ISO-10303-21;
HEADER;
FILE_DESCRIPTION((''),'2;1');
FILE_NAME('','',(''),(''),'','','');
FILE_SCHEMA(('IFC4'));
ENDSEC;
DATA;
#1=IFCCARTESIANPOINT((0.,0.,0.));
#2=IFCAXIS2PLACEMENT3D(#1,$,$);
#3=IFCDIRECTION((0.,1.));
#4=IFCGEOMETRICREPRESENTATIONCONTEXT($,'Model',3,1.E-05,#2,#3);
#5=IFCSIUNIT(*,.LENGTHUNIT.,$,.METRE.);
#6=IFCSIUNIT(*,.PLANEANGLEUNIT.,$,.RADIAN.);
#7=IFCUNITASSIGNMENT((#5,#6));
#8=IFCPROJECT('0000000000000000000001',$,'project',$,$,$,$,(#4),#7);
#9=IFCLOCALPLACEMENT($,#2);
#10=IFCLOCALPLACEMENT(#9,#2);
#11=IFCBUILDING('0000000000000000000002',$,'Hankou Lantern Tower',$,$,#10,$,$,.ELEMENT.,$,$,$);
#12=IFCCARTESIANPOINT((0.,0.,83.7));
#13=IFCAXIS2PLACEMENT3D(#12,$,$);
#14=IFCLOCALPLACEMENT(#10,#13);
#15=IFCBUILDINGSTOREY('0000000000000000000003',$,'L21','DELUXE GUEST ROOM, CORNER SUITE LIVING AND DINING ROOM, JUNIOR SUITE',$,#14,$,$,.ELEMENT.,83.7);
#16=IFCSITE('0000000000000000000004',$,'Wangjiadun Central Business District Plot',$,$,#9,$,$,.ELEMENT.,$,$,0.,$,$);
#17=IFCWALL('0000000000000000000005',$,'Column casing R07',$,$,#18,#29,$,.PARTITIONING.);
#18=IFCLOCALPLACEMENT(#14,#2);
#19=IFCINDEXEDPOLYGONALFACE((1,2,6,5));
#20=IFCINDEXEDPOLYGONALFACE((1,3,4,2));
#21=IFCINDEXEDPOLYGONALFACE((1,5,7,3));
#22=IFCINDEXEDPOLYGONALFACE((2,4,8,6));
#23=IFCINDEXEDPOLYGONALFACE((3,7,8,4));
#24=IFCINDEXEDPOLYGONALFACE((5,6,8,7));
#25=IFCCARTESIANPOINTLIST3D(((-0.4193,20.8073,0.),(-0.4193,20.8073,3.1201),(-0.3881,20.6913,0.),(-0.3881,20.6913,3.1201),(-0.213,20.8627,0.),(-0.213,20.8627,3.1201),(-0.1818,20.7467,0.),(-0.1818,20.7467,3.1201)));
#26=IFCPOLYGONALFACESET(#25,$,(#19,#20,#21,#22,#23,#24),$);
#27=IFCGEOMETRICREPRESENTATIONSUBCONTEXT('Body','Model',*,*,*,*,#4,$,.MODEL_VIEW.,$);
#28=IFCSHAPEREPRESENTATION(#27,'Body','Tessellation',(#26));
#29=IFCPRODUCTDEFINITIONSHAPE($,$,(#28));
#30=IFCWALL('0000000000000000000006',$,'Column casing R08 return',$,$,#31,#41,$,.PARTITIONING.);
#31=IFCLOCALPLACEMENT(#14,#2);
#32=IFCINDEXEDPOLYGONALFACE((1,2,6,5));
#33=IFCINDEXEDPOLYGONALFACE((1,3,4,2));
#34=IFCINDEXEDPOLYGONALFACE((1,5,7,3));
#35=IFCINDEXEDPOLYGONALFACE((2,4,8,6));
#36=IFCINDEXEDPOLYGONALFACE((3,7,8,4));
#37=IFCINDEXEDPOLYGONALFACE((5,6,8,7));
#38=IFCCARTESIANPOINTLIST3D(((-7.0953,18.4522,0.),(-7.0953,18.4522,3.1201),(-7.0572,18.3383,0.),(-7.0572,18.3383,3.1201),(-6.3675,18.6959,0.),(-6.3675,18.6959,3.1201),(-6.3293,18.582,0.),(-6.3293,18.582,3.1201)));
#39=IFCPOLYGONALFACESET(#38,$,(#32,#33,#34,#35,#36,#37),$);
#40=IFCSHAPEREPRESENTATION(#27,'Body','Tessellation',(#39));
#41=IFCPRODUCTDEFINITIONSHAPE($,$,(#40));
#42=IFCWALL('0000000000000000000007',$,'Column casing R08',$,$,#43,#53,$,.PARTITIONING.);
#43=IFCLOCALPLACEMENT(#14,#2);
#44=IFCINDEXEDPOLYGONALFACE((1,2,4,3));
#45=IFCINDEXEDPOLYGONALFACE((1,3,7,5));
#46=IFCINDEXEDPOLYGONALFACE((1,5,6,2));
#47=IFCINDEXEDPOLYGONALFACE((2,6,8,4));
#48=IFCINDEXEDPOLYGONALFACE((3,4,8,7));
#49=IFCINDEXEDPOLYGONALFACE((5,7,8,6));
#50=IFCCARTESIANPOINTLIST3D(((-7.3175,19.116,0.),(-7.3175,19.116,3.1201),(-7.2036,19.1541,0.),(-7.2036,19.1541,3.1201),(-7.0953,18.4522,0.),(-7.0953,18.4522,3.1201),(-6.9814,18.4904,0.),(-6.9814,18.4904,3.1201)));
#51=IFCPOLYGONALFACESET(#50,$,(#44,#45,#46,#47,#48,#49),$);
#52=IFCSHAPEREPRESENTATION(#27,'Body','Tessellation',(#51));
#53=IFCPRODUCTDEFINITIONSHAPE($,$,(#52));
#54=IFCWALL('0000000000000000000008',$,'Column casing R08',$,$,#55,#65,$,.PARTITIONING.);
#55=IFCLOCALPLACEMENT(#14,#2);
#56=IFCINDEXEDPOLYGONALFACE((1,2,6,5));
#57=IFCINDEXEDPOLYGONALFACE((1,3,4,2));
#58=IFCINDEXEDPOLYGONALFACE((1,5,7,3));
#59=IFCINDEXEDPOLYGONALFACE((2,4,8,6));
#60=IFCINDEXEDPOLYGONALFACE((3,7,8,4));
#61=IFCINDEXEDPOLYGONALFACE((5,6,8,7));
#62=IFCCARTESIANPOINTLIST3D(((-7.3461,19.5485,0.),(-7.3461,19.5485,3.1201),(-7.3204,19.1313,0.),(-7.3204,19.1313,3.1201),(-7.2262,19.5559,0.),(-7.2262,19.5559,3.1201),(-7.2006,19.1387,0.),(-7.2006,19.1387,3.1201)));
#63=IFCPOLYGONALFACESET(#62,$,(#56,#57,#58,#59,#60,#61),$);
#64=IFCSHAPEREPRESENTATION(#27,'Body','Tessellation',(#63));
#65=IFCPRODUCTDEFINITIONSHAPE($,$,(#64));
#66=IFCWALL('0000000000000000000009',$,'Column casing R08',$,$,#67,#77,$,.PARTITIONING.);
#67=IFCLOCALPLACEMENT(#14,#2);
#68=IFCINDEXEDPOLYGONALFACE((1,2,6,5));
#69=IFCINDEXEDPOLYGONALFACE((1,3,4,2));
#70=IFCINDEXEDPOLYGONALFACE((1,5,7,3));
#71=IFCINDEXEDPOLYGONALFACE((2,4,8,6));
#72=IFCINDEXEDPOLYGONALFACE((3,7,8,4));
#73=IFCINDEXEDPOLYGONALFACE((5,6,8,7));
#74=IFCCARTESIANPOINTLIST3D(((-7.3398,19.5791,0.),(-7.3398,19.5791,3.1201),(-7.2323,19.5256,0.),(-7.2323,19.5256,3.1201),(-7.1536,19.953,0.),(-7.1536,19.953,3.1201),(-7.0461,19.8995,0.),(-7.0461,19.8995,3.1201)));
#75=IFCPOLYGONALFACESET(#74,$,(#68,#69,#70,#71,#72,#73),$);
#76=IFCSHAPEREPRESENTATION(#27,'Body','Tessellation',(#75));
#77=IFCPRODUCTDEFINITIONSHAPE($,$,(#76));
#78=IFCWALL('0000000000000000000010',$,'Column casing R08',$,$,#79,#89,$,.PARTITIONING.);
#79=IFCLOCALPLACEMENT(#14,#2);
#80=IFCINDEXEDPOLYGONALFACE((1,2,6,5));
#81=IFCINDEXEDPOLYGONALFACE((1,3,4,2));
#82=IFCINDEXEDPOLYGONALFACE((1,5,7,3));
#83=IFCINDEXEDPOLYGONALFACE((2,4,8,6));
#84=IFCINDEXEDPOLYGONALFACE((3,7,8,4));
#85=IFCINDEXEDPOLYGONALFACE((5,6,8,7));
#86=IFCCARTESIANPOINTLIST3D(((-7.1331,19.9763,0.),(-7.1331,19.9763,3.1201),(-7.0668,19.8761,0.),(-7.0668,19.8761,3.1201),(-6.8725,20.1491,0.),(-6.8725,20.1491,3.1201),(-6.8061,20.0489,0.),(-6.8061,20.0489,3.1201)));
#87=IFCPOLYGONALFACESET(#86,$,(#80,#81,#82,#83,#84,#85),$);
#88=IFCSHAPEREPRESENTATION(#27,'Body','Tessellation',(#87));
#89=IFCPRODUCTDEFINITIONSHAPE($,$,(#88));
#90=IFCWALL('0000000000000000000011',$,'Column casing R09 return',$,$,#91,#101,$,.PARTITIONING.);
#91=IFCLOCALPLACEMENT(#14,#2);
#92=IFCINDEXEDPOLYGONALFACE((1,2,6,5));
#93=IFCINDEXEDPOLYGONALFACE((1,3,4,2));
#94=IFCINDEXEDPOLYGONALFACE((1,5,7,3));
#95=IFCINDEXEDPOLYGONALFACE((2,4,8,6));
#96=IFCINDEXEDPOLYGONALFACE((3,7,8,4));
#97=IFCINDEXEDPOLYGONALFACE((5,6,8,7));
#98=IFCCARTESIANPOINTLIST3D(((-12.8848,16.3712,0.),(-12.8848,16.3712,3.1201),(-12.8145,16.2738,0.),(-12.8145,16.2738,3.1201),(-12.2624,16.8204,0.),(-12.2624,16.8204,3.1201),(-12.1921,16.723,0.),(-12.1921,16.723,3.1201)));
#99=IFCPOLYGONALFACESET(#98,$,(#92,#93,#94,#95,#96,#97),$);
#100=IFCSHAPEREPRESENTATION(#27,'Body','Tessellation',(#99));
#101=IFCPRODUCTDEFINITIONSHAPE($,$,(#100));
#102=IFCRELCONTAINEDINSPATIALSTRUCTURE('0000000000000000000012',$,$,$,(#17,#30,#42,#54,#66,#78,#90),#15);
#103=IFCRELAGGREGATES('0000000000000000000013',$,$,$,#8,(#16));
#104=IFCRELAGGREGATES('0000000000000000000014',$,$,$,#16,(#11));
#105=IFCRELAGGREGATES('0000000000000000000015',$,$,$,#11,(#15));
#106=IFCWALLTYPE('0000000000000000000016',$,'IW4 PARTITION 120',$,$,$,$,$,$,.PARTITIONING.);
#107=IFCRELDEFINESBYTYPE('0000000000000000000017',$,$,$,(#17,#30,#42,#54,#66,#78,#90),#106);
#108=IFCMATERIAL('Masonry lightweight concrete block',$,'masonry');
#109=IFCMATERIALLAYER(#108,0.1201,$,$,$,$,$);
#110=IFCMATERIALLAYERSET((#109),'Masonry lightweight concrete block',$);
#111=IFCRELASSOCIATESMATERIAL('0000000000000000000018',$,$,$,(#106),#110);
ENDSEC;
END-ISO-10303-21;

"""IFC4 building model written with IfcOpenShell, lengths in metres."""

from ifc_helpers import new_model, si_unit, direction, frame, frame_2d, origin, place, context, subcontext, project, spatial, rectangle, extrude, material, layer, layer_set, type_object, element, save


model = new_model("IFC4")

# Units and contexts
model_context = context("Model", 3, precision=1e-05, world=origin(), true_north=direction((0.0, 1.0)))
body_context = subcontext(model_context, "Body", "Model", "MODEL_VIEW")
ifc_project = project(units=[si_unit("LENGTHUNIT", "METRE"), si_unit("PLANEANGLEUNIT", "RADIAN")], contexts=[model_context])

# Site, building, storey
site_placement = place(None, origin())
site = spatial("IfcSite", under=ifc_project, at=site_placement, Name="Wangjiadun Central Business District Plot", CompositionType="ELEMENT", RefElevation=0.0)
building_placement = place(site_placement, origin())
building = spatial("IfcBuilding", under=site, at=building_placement, Name="Hankou Lantern Tower", CompositionType="ELEMENT")
storey_placement = place(building_placement, frame((0.0, 0.0, 83.7)))
storey = spatial("IfcBuildingStorey", under=building, at=storey_placement, Name="L21", Description="DELUXE GUEST ROOM, CORNER SUITE LIVING AND DINING ROOM, JUNIOR SUITE", CompositionType="ELEMENT", Elevation=83.7)

# Walls
ifc_material_1 = material(Name="Masonry lightweight concrete block", Category="masonry")
ifc_layer_1 = layer(ifc_material_1, 0.1201)
ifc_layer_set_1 = layer_set([ifc_layer_1], Name="Masonry lightweight concrete block")
wall_type_1 = type_object("IfcWallType", Name="IW4 PARTITION 120", PredefinedType="PARTITIONING", material=ifc_layer_set_1)
wall_1_placement = place(storey_placement, frame((-0.4038, 20.7493, 0.0), z_axis=(0.0, 0.0, 1.0), x_axis=(0.965759, 0.259441, 0.0)))
element("IfcWall", 1, at=wall_1_placement, inside=storey, type_object=wall_type_1, Name="Column casing R07", PredefinedType="PARTITIONING", context=body_context, shape_type="SweptSolid", body=[
    extrude(rectangle(XDim=0.2136, YDim=0.1201, at=frame_2d((0.1069, 0.0))), origin(), (0.0, 0.0, 1.0), 3.1201),
])
wall_2_placement = place(storey_placement, frame((-6.3484, 18.6389, 0.0), z_axis=(0.0, 0.0, 1.0), x_axis=(-0.948269, -0.317468, 0.0)))
element("IfcWall", 2, at=wall_2_placement, inside=storey, type_object=wall_type_1, Name="Column casing R08 return", PredefinedType="PARTITIONING", context=body_context, shape_type="SweptSolid", body=[
    extrude(rectangle(XDim=0.7676, YDim=0.1201, at=frame_2d((0.3838, 0.0))), origin(), (0.0, 0.0, 1.0), 3.1201),
])
wall_3_placement = place(storey_placement, frame((-7.0383, 18.4712, 0.0), z_axis=(0.0, 0.0, 1.0), x_axis=(-0.317378, 0.948299, 0.0)))
element("IfcWall", 3, at=wall_3_placement, inside=storey, type_object=wall_type_1, Name="Column casing R08", PredefinedType="PARTITIONING", context=body_context, shape_type="SweptSolid", body=[
    extrude(rectangle(XDim=0.7, YDim=0.1201, at=frame_2d((0.3501, 0.0))), origin(), (0.0, 0.0, 1.0), 3.1201),
])
wall_4_placement = place(storey_placement, frame((-7.2605, 19.135, 0.0), z_axis=(0.0, 0.0, 1.0), x_axis=(-0.061324, 0.998118, 0.0)))
element("IfcWall", 4, at=wall_4_placement, inside=storey, type_object=wall_type_1, Name="Column casing R08", PredefinedType="PARTITIONING", context=body_context, shape_type="SweptSolid", body=[
    extrude(rectangle(XDim=0.418, YDim=0.1201, at=frame_2d((0.209, 0.0))), origin(), (0.0, 0.0, 1.0), 3.1201),
])
wall_5_placement = place(storey_placement, frame((-7.2861, 19.5522, 0.0), z_axis=(0.0, 0.0, 1.0), x_axis=(0.445811, 0.895127, 0.0)))
element("IfcWall", 5, at=wall_5_placement, inside=storey, type_object=wall_type_1, Name="Column casing R08", PredefinedType="PARTITIONING", context=body_context, shape_type="SweptSolid", body=[
    extrude(rectangle(XDim=0.4177, YDim=0.1201, at=frame_2d((0.209, 0.0))), origin(), (0.0, 0.0, 1.0), 3.1201),
])
wall_6_placement = place(storey_placement, frame((-7.0999, 19.9263, 0.0), z_axis=(0.0, 0.0, 1.0), x_axis=(0.833488, 0.552537, 0.0)))
element("IfcWall", 6, at=wall_6_placement, inside=storey, type_object=wall_type_1, Name="Column casing R08", PredefinedType="PARTITIONING", context=body_context, shape_type="SweptSolid", body=[
    extrude(rectangle(XDim=0.3127, YDim=0.1201, at=frame_2d((0.1562, 0.0))), origin(), (0.0, 0.0, 1.0), 3.1201),
])
wall_7_placement = place(storey_placement, frame((-12.2273, 16.7717, 0.0), z_axis=(0.0, 0.0, 1.0), x_axis=(-0.810822, -0.585293, 0.0)))
element("IfcWall", 7, at=wall_7_placement, inside=storey, type_object=wall_type_1, Name="Column casing R09 return", PredefinedType="PARTITIONING", context=body_context, shape_type="SweptSolid", body=[
    extrude(rectangle(XDim=0.7676, YDim=0.1201, at=frame_2d((0.3838, 0.0))), origin(), (0.0, 0.0, 1.0), 3.1201),
])

save(model, "model.ifc")
